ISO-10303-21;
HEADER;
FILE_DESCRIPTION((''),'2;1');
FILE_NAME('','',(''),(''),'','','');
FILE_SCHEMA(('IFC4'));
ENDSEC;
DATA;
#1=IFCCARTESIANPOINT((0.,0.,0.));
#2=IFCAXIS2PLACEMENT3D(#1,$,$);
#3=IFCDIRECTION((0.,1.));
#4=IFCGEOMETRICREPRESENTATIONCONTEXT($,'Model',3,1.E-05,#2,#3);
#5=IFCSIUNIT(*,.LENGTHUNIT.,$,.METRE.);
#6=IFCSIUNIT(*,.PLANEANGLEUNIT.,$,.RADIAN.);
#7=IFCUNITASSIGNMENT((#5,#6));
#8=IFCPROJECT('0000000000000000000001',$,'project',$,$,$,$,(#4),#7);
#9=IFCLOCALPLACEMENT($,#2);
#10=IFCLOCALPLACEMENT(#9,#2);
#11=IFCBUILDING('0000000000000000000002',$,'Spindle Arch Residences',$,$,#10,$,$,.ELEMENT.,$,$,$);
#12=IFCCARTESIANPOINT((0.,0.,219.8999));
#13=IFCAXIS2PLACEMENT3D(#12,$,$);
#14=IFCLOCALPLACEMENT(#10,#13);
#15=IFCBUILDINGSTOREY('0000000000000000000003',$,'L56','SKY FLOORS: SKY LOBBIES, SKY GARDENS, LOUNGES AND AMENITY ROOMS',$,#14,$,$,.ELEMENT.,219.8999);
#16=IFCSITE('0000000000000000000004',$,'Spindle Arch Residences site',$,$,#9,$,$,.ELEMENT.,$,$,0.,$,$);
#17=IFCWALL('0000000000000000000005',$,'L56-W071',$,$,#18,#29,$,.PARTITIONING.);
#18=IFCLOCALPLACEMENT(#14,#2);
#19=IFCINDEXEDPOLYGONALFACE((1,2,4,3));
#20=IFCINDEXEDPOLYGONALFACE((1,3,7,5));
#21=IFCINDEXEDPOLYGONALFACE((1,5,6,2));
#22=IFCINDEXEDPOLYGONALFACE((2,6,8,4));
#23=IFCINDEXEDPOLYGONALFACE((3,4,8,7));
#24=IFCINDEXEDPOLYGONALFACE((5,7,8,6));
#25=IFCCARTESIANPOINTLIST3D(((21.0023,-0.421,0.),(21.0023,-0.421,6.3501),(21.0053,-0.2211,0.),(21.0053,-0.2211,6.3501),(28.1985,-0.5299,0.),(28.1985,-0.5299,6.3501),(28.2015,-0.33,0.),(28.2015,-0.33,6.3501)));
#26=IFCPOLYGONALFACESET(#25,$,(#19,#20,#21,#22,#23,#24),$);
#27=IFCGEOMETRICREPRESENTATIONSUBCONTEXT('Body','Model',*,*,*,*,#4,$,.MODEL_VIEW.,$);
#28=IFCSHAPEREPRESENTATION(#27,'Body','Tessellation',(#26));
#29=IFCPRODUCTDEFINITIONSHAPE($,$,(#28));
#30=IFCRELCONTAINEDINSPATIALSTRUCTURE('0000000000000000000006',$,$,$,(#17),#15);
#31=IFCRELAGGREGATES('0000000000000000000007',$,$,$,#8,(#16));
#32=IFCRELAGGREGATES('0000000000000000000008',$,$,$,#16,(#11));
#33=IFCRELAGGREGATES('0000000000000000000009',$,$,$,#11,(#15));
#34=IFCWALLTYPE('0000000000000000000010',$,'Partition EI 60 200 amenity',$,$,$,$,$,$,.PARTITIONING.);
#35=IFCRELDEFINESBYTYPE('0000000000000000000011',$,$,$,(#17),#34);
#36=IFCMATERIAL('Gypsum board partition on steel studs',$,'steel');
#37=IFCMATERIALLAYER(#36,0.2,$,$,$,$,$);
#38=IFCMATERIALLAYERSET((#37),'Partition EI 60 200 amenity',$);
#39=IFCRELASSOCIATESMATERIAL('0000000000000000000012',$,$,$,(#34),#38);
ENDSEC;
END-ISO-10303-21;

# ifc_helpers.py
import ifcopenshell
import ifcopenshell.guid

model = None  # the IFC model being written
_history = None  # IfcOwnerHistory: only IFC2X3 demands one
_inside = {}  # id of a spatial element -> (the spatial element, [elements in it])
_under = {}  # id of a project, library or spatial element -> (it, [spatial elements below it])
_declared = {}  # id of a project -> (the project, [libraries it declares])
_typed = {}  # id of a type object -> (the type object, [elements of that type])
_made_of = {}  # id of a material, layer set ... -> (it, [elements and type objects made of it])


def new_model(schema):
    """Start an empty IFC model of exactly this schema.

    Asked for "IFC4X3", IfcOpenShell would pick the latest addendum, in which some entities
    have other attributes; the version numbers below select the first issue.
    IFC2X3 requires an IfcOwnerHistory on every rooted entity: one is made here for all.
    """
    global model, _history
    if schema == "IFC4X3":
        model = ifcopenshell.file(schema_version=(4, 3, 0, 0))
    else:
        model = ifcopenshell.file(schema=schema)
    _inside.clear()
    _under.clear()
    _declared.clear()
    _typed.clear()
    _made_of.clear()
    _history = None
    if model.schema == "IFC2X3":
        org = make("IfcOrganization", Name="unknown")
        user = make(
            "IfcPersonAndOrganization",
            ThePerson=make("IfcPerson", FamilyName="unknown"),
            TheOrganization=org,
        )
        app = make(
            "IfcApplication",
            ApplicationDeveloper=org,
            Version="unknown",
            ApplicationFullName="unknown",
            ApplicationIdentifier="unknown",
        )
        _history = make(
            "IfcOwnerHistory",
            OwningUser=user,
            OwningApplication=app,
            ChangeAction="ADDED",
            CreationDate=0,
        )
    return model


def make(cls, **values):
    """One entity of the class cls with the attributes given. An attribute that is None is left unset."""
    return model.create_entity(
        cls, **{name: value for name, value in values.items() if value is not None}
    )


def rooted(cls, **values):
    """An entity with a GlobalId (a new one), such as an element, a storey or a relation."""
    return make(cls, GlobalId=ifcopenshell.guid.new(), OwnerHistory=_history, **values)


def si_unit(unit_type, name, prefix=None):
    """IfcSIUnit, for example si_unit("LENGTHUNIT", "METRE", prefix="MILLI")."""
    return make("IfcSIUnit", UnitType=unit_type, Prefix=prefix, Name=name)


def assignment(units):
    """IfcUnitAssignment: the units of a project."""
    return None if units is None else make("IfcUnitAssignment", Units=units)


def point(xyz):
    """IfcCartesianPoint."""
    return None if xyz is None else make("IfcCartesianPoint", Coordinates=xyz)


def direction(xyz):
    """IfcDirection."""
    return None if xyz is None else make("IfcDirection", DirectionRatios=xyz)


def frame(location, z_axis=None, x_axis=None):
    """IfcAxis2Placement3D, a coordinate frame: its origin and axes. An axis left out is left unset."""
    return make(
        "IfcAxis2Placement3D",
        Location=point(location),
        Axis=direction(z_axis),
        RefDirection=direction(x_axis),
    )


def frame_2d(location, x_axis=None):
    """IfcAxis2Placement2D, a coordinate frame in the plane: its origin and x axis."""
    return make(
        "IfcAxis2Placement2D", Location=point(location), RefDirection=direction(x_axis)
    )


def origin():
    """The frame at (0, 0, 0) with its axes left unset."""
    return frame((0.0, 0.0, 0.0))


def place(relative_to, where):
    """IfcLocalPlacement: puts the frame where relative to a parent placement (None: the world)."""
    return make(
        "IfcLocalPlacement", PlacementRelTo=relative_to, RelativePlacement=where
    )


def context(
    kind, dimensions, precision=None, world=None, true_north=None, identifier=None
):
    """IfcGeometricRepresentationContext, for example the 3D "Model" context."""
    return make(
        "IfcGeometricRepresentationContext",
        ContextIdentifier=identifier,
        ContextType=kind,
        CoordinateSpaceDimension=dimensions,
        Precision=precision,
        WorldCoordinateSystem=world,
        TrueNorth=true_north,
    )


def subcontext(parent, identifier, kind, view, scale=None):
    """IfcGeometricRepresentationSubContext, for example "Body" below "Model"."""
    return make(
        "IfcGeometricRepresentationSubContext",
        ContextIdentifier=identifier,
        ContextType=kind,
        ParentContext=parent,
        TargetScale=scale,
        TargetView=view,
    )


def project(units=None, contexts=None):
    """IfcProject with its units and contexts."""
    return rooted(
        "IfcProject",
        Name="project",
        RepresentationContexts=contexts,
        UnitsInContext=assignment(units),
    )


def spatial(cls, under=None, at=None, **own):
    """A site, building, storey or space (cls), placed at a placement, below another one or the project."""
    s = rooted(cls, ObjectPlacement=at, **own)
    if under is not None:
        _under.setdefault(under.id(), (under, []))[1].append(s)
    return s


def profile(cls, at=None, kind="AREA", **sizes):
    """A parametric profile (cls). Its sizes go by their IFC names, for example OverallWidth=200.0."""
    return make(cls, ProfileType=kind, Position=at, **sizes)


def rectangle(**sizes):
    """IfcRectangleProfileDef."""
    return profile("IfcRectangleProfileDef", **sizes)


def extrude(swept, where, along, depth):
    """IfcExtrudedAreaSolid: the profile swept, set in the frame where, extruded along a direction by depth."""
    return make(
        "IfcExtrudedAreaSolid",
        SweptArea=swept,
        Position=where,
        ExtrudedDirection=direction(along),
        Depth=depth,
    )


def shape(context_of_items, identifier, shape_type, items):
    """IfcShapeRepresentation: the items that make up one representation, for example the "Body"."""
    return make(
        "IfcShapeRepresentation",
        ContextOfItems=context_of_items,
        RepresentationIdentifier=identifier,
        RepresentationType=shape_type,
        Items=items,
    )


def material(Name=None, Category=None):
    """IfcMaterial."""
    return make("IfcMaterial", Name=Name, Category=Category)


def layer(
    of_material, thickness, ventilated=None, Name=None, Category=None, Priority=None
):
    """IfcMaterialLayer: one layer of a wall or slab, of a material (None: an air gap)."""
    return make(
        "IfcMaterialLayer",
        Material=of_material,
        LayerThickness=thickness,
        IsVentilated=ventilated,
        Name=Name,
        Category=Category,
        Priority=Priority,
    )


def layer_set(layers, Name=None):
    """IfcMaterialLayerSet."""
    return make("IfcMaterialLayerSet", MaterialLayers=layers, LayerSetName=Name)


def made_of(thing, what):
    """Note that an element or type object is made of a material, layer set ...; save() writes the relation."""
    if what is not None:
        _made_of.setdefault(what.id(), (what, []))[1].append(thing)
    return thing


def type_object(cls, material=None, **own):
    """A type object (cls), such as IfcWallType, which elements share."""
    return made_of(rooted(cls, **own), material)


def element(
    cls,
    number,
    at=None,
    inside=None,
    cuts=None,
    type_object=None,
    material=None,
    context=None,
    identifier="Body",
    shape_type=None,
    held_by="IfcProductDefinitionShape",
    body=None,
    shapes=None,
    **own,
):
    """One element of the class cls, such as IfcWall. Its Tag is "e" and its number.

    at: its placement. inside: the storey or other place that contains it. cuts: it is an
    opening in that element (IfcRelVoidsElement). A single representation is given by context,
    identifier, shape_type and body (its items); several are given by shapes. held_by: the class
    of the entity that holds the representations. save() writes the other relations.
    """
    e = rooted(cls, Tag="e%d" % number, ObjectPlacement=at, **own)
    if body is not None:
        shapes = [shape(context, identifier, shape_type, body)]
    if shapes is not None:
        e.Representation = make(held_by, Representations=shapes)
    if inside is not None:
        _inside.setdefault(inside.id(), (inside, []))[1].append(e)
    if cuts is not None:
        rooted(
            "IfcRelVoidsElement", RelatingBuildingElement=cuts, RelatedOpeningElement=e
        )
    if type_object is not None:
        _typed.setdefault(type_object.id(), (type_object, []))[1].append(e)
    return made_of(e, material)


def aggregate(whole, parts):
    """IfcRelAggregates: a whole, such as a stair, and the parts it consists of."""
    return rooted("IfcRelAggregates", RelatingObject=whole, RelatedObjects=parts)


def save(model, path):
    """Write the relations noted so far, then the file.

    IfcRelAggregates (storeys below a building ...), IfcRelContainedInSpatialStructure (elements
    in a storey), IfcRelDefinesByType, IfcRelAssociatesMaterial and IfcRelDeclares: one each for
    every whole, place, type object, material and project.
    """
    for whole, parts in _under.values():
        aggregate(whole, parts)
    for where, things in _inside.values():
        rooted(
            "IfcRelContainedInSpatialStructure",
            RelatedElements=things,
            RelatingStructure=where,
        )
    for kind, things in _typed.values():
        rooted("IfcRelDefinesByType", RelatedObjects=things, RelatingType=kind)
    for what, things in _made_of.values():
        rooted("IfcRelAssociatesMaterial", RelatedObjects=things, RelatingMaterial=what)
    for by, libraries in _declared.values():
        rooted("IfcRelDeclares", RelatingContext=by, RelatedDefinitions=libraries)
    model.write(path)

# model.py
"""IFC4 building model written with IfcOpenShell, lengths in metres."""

from ifc_helpers import new_model, si_unit, direction, frame, frame_2d, origin, place, context, subcontext, project, spatial, rectangle, extrude, material, layer, layer_set, type_object, element, save


model = new_model("IFC4")

# Units and contexts
model_context = context("Model", 3, precision=1e-05, world=origin(), true_north=direction((0.0, 1.0)))
body_context = subcontext(model_context, "Body", "Model", "MODEL_VIEW")
ifc_project = project(units=[si_unit("LENGTHUNIT", "METRE"), si_unit("PLANEANGLEUNIT", "RADIAN")], contexts=[model_context])

# Site, building, storey
site_placement = place(None, origin())
site = spatial("IfcSite", under=ifc_project, at=site_placement, Name="Spindle Arch Residences site", CompositionType="ELEMENT", RefElevation=0.0)
building_placement = place(site_placement, origin())
building = spatial("IfcBuilding", under=site, at=building_placement, Name="Spindle Arch Residences", CompositionType="ELEMENT")
storey_placement = place(building_placement, frame((0.0, 0.0, 219.8999)))
storey = spatial("IfcBuildingStorey", under=building, at=storey_placement, Name="L56", Description="SKY FLOORS: SKY LOBBIES, SKY GARDENS, LOUNGES AND AMENITY ROOMS", CompositionType="ELEMENT", Elevation=219.8999)

# Wall
ifc_material_1 = material(Name="Gypsum board partition on steel studs", Category="steel")
ifc_layer_1 = layer(ifc_material_1, 0.2)
ifc_layer_set_1 = layer_set([ifc_layer_1], Name="Partition EI 60 200 amenity")
wall_type = type_object("IfcWallType", Name="Partition EI 60 200 amenity", PredefinedType="PARTITIONING", material=ifc_layer_set_1)
wall_1_placement = place(storey_placement, frame((21.0037, -0.321, 0.0), z_axis=(0.0, 0.0, 1.0), x_axis=(0.999886, -0.015129, 0.0)))
element("IfcWall", 1, at=wall_1_placement, inside=storey, type_object=wall_type, Name="L56-W071", PredefinedType="PARTITIONING", context=body_context, shape_type="SweptSolid", body=[
    extrude(rectangle(XDim=7.197, YDim=0.2, at=frame_2d((3.5986, 0.0))), origin(), (0.0, 0.0, 1.0), 6.3501),
])

save(model, "model.ifc")
